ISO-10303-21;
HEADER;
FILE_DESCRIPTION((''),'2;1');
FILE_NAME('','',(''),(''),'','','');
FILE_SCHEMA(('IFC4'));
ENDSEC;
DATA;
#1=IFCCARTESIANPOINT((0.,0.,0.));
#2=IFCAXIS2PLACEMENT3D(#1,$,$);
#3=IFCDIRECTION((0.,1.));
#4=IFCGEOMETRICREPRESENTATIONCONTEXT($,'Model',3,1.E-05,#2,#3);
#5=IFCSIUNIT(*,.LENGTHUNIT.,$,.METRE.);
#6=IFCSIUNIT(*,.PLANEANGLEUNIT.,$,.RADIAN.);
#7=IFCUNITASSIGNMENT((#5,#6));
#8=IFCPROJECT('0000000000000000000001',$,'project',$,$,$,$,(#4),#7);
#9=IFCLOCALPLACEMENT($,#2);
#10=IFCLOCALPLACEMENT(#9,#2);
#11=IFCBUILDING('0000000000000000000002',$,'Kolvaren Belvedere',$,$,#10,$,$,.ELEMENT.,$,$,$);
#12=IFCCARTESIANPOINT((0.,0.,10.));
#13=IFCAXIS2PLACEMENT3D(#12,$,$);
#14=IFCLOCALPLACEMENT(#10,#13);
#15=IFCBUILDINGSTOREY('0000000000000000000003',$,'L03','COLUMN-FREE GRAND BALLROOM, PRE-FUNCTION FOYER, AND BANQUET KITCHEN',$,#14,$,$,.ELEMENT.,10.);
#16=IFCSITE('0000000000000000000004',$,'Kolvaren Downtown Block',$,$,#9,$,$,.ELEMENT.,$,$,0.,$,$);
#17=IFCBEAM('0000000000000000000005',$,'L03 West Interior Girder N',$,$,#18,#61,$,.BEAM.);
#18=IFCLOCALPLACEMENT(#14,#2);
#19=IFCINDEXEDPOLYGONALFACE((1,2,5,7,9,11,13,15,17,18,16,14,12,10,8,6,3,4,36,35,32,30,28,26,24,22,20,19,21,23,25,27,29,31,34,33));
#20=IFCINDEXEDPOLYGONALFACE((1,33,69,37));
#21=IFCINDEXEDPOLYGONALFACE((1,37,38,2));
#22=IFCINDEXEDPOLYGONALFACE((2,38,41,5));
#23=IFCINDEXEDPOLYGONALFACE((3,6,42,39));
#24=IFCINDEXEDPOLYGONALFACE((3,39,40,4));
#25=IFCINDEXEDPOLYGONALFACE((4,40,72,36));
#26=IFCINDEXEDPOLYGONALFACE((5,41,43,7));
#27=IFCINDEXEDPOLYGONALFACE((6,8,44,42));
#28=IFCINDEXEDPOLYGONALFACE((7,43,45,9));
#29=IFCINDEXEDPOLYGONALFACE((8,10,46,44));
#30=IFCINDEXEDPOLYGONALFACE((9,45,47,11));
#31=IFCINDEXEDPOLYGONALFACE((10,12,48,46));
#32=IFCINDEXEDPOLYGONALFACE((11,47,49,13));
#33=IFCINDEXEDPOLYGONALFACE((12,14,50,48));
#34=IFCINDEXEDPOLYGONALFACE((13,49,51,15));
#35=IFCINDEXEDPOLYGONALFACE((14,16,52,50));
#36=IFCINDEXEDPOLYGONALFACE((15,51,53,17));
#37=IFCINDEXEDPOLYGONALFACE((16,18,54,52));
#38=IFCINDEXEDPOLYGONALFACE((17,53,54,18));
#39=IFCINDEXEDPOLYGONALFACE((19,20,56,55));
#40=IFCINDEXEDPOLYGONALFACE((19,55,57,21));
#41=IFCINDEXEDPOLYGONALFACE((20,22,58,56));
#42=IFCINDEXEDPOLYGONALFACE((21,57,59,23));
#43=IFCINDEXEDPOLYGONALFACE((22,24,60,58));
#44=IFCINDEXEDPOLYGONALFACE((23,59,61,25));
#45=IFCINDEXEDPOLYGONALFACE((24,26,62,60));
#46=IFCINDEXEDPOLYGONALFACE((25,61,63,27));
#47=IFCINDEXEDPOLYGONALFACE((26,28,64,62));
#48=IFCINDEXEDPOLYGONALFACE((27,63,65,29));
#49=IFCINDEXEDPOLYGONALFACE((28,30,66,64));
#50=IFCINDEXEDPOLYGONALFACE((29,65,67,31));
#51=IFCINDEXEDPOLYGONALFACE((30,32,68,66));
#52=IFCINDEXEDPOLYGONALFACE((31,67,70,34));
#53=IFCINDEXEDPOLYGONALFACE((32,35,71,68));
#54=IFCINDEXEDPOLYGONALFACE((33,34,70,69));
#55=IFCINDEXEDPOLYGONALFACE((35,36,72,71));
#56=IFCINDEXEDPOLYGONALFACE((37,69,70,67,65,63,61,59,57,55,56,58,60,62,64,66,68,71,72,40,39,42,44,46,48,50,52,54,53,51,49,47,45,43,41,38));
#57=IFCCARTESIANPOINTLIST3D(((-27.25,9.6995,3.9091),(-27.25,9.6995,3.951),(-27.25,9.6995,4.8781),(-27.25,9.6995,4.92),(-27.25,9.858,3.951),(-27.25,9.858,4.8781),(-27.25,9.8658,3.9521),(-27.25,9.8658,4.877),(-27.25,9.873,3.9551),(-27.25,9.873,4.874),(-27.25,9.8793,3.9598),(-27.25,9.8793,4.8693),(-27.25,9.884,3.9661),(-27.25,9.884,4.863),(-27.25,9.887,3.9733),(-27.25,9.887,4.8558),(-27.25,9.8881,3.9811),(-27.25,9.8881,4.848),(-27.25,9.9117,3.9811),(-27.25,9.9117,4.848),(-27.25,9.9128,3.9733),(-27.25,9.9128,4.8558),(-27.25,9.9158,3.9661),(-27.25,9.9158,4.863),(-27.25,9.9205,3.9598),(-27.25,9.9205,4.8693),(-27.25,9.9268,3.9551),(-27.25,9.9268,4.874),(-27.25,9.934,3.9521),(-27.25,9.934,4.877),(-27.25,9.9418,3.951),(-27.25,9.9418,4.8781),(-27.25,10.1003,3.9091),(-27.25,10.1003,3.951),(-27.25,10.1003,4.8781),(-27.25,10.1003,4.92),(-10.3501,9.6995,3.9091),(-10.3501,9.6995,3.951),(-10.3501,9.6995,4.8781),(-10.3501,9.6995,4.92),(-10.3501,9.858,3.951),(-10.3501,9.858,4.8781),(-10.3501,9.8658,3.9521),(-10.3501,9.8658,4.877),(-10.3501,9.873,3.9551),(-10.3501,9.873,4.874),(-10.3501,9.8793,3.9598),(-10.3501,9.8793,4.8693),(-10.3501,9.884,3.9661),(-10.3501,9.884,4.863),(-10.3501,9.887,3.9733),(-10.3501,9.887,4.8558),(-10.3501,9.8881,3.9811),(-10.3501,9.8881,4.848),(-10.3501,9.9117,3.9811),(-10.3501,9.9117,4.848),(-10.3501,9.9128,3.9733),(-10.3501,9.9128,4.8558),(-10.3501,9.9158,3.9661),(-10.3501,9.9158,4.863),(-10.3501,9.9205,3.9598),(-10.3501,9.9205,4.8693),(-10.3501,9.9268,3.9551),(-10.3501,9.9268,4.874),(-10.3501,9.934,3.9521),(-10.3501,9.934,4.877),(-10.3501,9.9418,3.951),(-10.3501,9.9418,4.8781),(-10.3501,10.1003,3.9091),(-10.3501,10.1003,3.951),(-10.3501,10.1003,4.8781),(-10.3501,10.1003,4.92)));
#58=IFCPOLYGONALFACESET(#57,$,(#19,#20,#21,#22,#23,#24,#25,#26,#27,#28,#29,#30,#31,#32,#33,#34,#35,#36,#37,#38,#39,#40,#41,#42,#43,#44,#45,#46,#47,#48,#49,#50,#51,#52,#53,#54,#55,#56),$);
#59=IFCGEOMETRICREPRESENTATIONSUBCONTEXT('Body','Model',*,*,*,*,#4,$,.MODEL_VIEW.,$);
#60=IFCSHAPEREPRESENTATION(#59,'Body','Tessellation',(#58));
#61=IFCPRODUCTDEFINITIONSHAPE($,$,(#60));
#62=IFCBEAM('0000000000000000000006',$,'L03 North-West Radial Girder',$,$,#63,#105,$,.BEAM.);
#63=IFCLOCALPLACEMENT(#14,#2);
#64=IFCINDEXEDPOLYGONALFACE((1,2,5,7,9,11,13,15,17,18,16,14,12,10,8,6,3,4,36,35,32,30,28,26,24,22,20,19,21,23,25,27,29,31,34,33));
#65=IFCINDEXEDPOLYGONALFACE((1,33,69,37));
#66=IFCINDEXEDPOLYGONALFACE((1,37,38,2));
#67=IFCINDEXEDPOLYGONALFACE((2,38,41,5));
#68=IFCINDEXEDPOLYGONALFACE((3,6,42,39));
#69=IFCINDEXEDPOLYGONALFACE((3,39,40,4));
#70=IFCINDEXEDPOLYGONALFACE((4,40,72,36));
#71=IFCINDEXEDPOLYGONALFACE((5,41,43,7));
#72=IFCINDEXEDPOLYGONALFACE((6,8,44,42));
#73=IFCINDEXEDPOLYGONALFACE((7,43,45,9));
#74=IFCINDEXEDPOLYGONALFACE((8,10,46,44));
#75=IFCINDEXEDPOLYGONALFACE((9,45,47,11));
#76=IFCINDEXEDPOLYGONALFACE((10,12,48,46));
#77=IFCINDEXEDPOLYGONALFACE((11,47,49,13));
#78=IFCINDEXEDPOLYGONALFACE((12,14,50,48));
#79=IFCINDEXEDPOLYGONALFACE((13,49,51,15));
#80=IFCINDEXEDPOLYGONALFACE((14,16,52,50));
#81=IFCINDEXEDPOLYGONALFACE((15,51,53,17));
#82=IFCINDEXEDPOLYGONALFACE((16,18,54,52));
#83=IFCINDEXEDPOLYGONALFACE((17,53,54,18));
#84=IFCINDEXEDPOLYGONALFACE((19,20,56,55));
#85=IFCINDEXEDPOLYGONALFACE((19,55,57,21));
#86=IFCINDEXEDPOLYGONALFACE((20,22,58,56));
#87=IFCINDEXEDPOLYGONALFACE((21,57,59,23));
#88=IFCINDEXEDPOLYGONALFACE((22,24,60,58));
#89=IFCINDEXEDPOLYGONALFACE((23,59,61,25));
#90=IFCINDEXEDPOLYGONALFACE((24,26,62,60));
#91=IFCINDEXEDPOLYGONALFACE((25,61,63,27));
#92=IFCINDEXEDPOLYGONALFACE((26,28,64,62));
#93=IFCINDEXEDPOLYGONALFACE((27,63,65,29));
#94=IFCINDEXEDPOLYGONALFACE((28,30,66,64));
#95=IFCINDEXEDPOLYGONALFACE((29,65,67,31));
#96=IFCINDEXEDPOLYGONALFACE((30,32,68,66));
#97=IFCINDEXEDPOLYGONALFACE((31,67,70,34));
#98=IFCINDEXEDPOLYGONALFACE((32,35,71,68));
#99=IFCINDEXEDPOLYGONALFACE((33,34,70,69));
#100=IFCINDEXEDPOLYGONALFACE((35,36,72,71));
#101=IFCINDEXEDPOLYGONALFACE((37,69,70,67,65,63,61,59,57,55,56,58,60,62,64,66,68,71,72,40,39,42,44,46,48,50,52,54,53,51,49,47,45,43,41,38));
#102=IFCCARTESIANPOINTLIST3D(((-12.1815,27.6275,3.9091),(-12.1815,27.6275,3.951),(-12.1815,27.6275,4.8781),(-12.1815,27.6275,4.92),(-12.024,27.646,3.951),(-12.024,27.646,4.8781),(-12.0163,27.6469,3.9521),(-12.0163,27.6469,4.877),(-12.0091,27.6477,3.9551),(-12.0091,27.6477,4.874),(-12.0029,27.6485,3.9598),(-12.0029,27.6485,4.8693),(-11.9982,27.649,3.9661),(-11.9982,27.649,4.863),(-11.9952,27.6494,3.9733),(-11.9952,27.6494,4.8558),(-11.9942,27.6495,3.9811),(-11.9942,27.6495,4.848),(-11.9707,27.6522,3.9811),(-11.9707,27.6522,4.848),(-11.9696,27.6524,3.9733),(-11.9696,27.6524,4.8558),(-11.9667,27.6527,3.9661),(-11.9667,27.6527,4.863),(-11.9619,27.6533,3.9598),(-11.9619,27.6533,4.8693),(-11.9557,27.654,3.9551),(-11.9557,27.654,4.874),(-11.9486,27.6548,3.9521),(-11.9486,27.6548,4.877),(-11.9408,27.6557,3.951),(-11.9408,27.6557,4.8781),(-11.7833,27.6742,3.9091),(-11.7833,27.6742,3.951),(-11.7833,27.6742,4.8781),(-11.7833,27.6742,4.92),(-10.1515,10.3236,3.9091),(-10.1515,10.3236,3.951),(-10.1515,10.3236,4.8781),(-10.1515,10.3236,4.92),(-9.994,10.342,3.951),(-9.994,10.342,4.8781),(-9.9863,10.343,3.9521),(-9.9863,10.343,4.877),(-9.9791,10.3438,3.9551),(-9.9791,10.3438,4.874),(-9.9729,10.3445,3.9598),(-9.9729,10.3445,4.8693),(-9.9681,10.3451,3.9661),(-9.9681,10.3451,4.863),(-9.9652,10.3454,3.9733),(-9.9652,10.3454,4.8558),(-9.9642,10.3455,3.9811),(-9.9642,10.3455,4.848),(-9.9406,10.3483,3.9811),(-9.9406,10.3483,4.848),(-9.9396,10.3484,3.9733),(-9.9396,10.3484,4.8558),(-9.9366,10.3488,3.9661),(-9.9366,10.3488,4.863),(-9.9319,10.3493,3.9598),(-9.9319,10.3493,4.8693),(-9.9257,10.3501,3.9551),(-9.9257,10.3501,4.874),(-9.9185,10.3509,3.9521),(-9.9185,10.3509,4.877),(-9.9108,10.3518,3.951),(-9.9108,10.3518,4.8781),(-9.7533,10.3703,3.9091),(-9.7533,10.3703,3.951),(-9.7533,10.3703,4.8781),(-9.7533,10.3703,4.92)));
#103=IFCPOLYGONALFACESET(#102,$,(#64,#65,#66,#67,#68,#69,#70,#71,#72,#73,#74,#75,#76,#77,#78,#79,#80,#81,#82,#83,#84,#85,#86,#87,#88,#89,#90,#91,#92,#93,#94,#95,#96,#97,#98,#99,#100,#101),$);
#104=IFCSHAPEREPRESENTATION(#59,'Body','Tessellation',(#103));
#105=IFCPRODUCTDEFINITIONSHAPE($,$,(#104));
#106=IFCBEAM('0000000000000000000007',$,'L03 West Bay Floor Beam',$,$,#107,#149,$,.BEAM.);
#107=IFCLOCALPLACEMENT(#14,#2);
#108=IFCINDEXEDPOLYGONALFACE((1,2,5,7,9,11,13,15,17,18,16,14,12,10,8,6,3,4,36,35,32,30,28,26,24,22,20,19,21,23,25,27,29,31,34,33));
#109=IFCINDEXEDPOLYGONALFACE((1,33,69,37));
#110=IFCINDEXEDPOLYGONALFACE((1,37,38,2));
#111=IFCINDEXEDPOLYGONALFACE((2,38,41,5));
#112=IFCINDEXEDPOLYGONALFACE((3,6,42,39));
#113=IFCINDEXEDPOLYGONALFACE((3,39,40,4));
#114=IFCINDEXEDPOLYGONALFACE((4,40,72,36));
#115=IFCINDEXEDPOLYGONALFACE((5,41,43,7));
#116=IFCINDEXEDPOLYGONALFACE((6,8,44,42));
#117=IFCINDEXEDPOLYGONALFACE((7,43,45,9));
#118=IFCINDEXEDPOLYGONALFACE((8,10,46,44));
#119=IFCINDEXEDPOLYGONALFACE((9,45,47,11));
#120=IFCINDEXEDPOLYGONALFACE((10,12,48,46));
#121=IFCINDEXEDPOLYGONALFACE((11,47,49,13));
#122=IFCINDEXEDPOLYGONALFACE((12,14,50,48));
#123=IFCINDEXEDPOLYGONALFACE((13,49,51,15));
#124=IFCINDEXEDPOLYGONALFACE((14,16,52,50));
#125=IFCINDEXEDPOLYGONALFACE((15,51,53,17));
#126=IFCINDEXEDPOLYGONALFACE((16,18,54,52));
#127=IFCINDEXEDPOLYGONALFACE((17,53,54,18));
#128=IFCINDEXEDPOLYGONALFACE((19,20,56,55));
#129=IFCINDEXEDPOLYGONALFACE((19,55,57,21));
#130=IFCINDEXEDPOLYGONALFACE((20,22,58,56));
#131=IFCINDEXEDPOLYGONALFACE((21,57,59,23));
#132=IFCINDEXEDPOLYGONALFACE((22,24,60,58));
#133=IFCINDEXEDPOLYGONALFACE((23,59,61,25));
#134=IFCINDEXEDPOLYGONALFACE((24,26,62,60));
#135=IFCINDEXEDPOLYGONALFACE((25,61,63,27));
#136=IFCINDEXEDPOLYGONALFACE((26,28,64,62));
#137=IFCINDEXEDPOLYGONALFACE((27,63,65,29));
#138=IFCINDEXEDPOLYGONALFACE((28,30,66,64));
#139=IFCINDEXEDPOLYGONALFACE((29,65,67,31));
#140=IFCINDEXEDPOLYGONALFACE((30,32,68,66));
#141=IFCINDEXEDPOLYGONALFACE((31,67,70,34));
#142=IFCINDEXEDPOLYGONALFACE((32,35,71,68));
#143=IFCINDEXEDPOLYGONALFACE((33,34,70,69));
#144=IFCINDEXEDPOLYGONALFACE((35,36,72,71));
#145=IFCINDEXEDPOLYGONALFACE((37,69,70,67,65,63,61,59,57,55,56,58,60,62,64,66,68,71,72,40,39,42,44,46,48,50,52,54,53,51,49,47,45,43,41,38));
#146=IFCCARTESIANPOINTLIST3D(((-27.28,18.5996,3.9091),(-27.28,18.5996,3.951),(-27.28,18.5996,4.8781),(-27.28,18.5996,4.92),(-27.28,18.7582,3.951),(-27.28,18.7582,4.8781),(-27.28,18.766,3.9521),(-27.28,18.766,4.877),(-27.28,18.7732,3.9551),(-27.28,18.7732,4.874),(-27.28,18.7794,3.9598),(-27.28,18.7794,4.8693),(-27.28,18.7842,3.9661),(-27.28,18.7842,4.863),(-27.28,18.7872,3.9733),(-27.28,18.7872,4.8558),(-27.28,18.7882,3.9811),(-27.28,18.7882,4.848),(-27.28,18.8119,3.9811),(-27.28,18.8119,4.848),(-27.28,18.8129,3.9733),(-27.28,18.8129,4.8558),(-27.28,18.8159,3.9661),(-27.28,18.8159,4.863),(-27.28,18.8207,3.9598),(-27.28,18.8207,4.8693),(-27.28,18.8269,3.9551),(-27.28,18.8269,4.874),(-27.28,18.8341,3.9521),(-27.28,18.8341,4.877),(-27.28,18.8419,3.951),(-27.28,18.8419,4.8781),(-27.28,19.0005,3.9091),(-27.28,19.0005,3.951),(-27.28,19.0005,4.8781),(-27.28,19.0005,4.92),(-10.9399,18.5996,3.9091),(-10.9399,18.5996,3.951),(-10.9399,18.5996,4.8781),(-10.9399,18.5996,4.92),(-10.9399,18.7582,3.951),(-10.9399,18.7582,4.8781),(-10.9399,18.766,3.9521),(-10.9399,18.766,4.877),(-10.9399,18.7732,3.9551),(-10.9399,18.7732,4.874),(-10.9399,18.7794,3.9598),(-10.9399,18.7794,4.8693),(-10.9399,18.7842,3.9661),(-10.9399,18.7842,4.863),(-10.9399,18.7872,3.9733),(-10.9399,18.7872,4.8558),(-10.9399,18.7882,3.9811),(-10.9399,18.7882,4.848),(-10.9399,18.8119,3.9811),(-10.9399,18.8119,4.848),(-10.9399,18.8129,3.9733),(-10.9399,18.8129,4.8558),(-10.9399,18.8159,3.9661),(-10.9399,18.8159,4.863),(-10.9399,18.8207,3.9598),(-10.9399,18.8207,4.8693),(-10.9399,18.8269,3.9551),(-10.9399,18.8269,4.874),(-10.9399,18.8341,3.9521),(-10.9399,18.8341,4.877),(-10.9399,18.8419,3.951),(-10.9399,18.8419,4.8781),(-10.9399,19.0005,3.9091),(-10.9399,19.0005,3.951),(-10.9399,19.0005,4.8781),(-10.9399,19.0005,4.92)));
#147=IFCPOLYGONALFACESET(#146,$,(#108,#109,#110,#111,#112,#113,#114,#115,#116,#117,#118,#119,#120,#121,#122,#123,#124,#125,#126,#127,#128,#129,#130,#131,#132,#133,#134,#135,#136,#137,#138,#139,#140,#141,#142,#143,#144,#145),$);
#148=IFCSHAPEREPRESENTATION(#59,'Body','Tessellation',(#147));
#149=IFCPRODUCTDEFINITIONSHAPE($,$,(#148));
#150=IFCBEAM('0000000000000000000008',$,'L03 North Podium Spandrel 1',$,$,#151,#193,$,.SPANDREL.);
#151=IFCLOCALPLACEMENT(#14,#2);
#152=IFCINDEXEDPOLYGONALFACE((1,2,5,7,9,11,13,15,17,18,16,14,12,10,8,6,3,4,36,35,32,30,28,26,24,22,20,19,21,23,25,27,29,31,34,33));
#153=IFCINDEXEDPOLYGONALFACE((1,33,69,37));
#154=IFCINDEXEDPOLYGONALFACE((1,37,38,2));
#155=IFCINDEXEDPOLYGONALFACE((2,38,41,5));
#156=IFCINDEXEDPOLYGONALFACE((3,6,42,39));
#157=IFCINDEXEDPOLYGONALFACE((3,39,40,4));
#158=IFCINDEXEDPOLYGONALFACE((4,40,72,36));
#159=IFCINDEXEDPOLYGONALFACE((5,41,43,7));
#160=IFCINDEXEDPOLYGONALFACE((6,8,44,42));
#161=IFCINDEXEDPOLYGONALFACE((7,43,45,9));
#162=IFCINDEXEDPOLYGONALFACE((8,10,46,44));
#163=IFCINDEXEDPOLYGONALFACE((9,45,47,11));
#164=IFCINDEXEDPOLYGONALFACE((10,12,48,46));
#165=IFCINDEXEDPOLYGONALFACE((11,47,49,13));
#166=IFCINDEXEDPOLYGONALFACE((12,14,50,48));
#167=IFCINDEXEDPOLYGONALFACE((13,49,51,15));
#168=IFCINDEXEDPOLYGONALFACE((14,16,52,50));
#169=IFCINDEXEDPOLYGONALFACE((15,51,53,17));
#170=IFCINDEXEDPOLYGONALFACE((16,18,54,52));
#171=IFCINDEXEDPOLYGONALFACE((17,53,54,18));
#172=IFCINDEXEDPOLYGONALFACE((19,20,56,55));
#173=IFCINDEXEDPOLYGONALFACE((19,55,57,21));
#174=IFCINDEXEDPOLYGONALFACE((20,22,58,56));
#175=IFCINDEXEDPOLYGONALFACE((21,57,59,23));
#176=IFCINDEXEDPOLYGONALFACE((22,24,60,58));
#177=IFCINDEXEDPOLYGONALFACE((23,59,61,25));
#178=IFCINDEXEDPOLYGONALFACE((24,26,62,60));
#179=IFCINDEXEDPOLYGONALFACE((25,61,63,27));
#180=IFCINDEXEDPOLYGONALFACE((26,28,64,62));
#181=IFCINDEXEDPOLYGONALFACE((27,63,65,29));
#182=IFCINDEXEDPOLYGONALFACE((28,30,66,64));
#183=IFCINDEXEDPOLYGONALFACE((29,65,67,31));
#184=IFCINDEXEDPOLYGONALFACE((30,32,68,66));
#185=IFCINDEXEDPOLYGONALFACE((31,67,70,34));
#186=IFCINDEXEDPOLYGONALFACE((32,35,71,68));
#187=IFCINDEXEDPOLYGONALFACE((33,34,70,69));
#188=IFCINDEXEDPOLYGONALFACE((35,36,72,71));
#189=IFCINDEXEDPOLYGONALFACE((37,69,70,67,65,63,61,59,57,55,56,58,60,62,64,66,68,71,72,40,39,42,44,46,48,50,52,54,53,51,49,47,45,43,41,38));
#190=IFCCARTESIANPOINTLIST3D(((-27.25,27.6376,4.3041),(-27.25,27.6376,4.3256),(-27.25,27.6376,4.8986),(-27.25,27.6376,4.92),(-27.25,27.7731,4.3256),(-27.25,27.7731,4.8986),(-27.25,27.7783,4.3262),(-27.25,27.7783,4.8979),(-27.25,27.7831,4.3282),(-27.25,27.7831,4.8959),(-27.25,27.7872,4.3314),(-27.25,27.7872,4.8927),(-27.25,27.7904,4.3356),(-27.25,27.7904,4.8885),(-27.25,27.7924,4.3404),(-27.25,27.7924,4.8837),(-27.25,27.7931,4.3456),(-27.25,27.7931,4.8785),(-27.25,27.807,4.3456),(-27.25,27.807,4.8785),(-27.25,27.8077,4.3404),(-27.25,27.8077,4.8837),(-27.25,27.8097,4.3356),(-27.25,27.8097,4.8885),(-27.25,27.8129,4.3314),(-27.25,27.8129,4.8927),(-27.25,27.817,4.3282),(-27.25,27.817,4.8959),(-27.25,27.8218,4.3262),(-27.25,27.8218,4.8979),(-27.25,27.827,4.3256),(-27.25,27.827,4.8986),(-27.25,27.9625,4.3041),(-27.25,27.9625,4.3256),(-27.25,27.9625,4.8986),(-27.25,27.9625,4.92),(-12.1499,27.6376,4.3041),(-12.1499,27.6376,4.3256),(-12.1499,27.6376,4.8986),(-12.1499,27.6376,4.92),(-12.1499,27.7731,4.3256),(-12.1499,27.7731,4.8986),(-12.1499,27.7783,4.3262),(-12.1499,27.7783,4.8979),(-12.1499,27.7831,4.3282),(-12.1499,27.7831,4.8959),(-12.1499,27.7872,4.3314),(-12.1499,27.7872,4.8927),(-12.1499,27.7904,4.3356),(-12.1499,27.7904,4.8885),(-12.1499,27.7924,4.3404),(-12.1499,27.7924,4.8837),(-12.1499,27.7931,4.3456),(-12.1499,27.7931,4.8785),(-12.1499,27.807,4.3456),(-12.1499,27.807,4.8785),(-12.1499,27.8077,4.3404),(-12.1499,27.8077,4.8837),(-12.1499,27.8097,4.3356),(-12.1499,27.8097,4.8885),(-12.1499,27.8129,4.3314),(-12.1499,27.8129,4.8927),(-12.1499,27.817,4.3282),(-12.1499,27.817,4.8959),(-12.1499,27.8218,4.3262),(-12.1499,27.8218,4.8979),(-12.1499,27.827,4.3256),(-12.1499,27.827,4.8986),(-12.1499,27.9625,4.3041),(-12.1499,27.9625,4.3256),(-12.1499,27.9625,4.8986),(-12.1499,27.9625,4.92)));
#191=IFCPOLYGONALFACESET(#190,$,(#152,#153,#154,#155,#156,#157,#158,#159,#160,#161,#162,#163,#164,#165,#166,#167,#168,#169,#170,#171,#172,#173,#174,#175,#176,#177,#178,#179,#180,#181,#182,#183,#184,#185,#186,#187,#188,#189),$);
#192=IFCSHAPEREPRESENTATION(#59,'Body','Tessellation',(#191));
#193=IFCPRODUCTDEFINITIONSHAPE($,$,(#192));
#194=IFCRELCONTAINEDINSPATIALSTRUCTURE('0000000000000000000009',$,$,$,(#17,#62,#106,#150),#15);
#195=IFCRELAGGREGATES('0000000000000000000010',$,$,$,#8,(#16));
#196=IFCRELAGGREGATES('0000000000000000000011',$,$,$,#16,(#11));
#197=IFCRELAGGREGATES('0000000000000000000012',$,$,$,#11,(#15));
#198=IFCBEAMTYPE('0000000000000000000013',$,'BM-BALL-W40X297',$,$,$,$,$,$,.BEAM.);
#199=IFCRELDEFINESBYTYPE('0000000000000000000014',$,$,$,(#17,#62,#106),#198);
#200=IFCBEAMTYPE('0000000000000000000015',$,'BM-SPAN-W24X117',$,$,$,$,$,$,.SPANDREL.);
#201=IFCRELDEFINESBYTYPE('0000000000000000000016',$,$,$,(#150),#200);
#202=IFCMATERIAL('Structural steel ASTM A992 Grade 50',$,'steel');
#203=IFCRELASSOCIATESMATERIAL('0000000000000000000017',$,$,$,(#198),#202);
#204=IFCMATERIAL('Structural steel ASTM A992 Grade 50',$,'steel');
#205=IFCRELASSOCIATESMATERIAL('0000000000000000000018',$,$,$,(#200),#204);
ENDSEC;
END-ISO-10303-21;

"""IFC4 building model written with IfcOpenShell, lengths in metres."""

from ifc_helpers import new_model, si_unit, direction, frame, origin, origin_2d, place, context, subcontext, project, spatial, i_section, extrude, material, material_profile, profile_set, type_object, element, save


model = new_model("IFC4")

# Units and contexts
model_context = context("Model", 3, precision=1e-05, world=origin(), true_north=direction((0.0, 1.0)))
body_context = subcontext(model_context, "Body", "Model", "MODEL_VIEW")
ifc_project = project(units=[si_unit("LENGTHUNIT", "METRE"), si_unit("PLANEANGLEUNIT", "RADIAN")], contexts=[model_context])

# Site, building, storey
site_placement = place(None, origin())
site = spatial("IfcSite", under=ifc_project, at=site_placement, Name="Kolvaren Downtown Block", CompositionType="ELEMENT", RefElevation=0.0)
building_placement = place(site_placement, origin())
building = spatial("IfcBuilding", under=site, at=building_placement, Name="Kolvaren Belvedere", CompositionType="ELEMENT")
storey_placement = place(building_placement, frame((0.0, 0.0, 10.0)))
storey = spatial("IfcBuildingStorey", under=building, at=storey_placement, Name="L03", Description="COLUMN-FREE GRAND BALLROOM, PRE-FUNCTION FOYER, AND BANQUET KITCHEN", CompositionType="ELEMENT", Elevation=10.0)

# Beams
ifc_material_1 = material(Name="Structural steel ASTM A992 Grade 50", Category="steel")
ifc_material_profile_1 = material_profile(ifc_material_1, i_section(OverallWidth=0.4009, OverallDepth=1.011, WebThickness=0.0237, FlangeThickness=0.042, FilletRadius=0.03, at=origin_2d()), Name="W40X297")
ifc_profile_set_1 = profile_set([ifc_material_profile_1], Name="Structural steel ASTM A992 Grade 50")
beam_type_1 = type_object("IfcBeamType", Name="BM-BALL-W40X297", PredefinedType="BEAM", material=ifc_profile_set_1)
beam_1_placement = place(storey_placement, frame((-27.25, 9.8999, 4.4146), z_axis=(1.0, 0.0, 0.0), x_axis=(0.0, 1.0, 0.0)))
element("IfcBeam", 1, at=beam_1_placement, inside=storey, type_object=beam_type_1, Name="L03 West Interior Girder N", PredefinedType="BEAM", context=body_context, shape_type="SweptSolid", body=[
    extrude(i_section(OverallWidth=0.4009, OverallDepth=1.011, WebThickness=0.0237, FlangeThickness=0.042, FilletRadius=0.03, at=origin_2d()), origin(), (0.0, 0.0, 1.0), 16.8999),
])
beam_2_placement = place(storey_placement, frame((-9.9524, 10.3469, 4.4146), z_axis=(-0.116517, 0.993189, 0.0), x_axis=(-0.993189, -0.116517, 0.0)))
element("IfcBeam", 2, at=beam_2_placement, inside=storey, type_object=beam_type_1, Name="L03 North-West Radial Girder", PredefinedType="BEAM", context=body_context, shape_type="SweptSolid", body=[
    extrude(i_section(OverallWidth=0.4009, OverallDepth=1.011, WebThickness=0.0237, FlangeThickness=0.042, FilletRadius=0.03, at=origin_2d()), origin(), (0.0, 0.0, 1.0), 17.4226),
])
beam_3_placement = place(storey_placement, frame((-27.28, 18.8, 4.4146), z_axis=(1.0, 0.0, 0.0), x_axis=(0.0, 1.0, 0.0)))
element("IfcBeam", 3, at=beam_3_placement, inside=storey, type_object=beam_type_1, Name="L03 West Bay Floor Beam", PredefinedType="BEAM", context=body_context, shape_type="SweptSolid", body=[
    extrude(i_section(OverallWidth=0.4009, OverallDepth=1.011, WebThickness=0.0237, FlangeThickness=0.042, FilletRadius=0.03, at=origin_2d()), origin(), (0.0, 0.0, 1.0), 16.3401),
])
ifc_material_2 = material(Name="Structural steel ASTM A992 Grade 50", Category="steel")
ifc_material_profile_2 = material_profile(ifc_material_2, i_section(OverallWidth=0.325, OverallDepth=0.616, WebThickness=0.0139, FlangeThickness=0.0215, FilletRadius=0.02, at=origin_2d()), Name="W24X117")
ifc_profile_set_2 = profile_set([ifc_material_profile_2], Name="Structural steel ASTM A992 Grade 50")
beam_type_2 = type_object("IfcBeamType", Name="BM-SPAN-W24X117", PredefinedType="SPANDREL", material=ifc_profile_set_2)
beam_4_placement = place(storey_placement, frame((-27.25, 27.8, 4.6121), z_axis=(1.0, 0.0, 0.0), x_axis=(0.0, 1.0, 0.0)))
element("IfcBeam", 4, at=beam_4_placement, inside=storey, type_object=beam_type_2, Name="L03 North Podium Spandrel 1", PredefinedType="SPANDREL", context=body_context, shape_type="SweptSolid", body=[
    extrude(i_section(OverallWidth=0.325, OverallDepth=0.616, WebThickness=0.0139, FlangeThickness=0.0215, FilletRadius=0.02, at=origin_2d()), origin(), (0.0, 0.0, 1.0), 15.1001),
])

save(model, "model.ifc")
